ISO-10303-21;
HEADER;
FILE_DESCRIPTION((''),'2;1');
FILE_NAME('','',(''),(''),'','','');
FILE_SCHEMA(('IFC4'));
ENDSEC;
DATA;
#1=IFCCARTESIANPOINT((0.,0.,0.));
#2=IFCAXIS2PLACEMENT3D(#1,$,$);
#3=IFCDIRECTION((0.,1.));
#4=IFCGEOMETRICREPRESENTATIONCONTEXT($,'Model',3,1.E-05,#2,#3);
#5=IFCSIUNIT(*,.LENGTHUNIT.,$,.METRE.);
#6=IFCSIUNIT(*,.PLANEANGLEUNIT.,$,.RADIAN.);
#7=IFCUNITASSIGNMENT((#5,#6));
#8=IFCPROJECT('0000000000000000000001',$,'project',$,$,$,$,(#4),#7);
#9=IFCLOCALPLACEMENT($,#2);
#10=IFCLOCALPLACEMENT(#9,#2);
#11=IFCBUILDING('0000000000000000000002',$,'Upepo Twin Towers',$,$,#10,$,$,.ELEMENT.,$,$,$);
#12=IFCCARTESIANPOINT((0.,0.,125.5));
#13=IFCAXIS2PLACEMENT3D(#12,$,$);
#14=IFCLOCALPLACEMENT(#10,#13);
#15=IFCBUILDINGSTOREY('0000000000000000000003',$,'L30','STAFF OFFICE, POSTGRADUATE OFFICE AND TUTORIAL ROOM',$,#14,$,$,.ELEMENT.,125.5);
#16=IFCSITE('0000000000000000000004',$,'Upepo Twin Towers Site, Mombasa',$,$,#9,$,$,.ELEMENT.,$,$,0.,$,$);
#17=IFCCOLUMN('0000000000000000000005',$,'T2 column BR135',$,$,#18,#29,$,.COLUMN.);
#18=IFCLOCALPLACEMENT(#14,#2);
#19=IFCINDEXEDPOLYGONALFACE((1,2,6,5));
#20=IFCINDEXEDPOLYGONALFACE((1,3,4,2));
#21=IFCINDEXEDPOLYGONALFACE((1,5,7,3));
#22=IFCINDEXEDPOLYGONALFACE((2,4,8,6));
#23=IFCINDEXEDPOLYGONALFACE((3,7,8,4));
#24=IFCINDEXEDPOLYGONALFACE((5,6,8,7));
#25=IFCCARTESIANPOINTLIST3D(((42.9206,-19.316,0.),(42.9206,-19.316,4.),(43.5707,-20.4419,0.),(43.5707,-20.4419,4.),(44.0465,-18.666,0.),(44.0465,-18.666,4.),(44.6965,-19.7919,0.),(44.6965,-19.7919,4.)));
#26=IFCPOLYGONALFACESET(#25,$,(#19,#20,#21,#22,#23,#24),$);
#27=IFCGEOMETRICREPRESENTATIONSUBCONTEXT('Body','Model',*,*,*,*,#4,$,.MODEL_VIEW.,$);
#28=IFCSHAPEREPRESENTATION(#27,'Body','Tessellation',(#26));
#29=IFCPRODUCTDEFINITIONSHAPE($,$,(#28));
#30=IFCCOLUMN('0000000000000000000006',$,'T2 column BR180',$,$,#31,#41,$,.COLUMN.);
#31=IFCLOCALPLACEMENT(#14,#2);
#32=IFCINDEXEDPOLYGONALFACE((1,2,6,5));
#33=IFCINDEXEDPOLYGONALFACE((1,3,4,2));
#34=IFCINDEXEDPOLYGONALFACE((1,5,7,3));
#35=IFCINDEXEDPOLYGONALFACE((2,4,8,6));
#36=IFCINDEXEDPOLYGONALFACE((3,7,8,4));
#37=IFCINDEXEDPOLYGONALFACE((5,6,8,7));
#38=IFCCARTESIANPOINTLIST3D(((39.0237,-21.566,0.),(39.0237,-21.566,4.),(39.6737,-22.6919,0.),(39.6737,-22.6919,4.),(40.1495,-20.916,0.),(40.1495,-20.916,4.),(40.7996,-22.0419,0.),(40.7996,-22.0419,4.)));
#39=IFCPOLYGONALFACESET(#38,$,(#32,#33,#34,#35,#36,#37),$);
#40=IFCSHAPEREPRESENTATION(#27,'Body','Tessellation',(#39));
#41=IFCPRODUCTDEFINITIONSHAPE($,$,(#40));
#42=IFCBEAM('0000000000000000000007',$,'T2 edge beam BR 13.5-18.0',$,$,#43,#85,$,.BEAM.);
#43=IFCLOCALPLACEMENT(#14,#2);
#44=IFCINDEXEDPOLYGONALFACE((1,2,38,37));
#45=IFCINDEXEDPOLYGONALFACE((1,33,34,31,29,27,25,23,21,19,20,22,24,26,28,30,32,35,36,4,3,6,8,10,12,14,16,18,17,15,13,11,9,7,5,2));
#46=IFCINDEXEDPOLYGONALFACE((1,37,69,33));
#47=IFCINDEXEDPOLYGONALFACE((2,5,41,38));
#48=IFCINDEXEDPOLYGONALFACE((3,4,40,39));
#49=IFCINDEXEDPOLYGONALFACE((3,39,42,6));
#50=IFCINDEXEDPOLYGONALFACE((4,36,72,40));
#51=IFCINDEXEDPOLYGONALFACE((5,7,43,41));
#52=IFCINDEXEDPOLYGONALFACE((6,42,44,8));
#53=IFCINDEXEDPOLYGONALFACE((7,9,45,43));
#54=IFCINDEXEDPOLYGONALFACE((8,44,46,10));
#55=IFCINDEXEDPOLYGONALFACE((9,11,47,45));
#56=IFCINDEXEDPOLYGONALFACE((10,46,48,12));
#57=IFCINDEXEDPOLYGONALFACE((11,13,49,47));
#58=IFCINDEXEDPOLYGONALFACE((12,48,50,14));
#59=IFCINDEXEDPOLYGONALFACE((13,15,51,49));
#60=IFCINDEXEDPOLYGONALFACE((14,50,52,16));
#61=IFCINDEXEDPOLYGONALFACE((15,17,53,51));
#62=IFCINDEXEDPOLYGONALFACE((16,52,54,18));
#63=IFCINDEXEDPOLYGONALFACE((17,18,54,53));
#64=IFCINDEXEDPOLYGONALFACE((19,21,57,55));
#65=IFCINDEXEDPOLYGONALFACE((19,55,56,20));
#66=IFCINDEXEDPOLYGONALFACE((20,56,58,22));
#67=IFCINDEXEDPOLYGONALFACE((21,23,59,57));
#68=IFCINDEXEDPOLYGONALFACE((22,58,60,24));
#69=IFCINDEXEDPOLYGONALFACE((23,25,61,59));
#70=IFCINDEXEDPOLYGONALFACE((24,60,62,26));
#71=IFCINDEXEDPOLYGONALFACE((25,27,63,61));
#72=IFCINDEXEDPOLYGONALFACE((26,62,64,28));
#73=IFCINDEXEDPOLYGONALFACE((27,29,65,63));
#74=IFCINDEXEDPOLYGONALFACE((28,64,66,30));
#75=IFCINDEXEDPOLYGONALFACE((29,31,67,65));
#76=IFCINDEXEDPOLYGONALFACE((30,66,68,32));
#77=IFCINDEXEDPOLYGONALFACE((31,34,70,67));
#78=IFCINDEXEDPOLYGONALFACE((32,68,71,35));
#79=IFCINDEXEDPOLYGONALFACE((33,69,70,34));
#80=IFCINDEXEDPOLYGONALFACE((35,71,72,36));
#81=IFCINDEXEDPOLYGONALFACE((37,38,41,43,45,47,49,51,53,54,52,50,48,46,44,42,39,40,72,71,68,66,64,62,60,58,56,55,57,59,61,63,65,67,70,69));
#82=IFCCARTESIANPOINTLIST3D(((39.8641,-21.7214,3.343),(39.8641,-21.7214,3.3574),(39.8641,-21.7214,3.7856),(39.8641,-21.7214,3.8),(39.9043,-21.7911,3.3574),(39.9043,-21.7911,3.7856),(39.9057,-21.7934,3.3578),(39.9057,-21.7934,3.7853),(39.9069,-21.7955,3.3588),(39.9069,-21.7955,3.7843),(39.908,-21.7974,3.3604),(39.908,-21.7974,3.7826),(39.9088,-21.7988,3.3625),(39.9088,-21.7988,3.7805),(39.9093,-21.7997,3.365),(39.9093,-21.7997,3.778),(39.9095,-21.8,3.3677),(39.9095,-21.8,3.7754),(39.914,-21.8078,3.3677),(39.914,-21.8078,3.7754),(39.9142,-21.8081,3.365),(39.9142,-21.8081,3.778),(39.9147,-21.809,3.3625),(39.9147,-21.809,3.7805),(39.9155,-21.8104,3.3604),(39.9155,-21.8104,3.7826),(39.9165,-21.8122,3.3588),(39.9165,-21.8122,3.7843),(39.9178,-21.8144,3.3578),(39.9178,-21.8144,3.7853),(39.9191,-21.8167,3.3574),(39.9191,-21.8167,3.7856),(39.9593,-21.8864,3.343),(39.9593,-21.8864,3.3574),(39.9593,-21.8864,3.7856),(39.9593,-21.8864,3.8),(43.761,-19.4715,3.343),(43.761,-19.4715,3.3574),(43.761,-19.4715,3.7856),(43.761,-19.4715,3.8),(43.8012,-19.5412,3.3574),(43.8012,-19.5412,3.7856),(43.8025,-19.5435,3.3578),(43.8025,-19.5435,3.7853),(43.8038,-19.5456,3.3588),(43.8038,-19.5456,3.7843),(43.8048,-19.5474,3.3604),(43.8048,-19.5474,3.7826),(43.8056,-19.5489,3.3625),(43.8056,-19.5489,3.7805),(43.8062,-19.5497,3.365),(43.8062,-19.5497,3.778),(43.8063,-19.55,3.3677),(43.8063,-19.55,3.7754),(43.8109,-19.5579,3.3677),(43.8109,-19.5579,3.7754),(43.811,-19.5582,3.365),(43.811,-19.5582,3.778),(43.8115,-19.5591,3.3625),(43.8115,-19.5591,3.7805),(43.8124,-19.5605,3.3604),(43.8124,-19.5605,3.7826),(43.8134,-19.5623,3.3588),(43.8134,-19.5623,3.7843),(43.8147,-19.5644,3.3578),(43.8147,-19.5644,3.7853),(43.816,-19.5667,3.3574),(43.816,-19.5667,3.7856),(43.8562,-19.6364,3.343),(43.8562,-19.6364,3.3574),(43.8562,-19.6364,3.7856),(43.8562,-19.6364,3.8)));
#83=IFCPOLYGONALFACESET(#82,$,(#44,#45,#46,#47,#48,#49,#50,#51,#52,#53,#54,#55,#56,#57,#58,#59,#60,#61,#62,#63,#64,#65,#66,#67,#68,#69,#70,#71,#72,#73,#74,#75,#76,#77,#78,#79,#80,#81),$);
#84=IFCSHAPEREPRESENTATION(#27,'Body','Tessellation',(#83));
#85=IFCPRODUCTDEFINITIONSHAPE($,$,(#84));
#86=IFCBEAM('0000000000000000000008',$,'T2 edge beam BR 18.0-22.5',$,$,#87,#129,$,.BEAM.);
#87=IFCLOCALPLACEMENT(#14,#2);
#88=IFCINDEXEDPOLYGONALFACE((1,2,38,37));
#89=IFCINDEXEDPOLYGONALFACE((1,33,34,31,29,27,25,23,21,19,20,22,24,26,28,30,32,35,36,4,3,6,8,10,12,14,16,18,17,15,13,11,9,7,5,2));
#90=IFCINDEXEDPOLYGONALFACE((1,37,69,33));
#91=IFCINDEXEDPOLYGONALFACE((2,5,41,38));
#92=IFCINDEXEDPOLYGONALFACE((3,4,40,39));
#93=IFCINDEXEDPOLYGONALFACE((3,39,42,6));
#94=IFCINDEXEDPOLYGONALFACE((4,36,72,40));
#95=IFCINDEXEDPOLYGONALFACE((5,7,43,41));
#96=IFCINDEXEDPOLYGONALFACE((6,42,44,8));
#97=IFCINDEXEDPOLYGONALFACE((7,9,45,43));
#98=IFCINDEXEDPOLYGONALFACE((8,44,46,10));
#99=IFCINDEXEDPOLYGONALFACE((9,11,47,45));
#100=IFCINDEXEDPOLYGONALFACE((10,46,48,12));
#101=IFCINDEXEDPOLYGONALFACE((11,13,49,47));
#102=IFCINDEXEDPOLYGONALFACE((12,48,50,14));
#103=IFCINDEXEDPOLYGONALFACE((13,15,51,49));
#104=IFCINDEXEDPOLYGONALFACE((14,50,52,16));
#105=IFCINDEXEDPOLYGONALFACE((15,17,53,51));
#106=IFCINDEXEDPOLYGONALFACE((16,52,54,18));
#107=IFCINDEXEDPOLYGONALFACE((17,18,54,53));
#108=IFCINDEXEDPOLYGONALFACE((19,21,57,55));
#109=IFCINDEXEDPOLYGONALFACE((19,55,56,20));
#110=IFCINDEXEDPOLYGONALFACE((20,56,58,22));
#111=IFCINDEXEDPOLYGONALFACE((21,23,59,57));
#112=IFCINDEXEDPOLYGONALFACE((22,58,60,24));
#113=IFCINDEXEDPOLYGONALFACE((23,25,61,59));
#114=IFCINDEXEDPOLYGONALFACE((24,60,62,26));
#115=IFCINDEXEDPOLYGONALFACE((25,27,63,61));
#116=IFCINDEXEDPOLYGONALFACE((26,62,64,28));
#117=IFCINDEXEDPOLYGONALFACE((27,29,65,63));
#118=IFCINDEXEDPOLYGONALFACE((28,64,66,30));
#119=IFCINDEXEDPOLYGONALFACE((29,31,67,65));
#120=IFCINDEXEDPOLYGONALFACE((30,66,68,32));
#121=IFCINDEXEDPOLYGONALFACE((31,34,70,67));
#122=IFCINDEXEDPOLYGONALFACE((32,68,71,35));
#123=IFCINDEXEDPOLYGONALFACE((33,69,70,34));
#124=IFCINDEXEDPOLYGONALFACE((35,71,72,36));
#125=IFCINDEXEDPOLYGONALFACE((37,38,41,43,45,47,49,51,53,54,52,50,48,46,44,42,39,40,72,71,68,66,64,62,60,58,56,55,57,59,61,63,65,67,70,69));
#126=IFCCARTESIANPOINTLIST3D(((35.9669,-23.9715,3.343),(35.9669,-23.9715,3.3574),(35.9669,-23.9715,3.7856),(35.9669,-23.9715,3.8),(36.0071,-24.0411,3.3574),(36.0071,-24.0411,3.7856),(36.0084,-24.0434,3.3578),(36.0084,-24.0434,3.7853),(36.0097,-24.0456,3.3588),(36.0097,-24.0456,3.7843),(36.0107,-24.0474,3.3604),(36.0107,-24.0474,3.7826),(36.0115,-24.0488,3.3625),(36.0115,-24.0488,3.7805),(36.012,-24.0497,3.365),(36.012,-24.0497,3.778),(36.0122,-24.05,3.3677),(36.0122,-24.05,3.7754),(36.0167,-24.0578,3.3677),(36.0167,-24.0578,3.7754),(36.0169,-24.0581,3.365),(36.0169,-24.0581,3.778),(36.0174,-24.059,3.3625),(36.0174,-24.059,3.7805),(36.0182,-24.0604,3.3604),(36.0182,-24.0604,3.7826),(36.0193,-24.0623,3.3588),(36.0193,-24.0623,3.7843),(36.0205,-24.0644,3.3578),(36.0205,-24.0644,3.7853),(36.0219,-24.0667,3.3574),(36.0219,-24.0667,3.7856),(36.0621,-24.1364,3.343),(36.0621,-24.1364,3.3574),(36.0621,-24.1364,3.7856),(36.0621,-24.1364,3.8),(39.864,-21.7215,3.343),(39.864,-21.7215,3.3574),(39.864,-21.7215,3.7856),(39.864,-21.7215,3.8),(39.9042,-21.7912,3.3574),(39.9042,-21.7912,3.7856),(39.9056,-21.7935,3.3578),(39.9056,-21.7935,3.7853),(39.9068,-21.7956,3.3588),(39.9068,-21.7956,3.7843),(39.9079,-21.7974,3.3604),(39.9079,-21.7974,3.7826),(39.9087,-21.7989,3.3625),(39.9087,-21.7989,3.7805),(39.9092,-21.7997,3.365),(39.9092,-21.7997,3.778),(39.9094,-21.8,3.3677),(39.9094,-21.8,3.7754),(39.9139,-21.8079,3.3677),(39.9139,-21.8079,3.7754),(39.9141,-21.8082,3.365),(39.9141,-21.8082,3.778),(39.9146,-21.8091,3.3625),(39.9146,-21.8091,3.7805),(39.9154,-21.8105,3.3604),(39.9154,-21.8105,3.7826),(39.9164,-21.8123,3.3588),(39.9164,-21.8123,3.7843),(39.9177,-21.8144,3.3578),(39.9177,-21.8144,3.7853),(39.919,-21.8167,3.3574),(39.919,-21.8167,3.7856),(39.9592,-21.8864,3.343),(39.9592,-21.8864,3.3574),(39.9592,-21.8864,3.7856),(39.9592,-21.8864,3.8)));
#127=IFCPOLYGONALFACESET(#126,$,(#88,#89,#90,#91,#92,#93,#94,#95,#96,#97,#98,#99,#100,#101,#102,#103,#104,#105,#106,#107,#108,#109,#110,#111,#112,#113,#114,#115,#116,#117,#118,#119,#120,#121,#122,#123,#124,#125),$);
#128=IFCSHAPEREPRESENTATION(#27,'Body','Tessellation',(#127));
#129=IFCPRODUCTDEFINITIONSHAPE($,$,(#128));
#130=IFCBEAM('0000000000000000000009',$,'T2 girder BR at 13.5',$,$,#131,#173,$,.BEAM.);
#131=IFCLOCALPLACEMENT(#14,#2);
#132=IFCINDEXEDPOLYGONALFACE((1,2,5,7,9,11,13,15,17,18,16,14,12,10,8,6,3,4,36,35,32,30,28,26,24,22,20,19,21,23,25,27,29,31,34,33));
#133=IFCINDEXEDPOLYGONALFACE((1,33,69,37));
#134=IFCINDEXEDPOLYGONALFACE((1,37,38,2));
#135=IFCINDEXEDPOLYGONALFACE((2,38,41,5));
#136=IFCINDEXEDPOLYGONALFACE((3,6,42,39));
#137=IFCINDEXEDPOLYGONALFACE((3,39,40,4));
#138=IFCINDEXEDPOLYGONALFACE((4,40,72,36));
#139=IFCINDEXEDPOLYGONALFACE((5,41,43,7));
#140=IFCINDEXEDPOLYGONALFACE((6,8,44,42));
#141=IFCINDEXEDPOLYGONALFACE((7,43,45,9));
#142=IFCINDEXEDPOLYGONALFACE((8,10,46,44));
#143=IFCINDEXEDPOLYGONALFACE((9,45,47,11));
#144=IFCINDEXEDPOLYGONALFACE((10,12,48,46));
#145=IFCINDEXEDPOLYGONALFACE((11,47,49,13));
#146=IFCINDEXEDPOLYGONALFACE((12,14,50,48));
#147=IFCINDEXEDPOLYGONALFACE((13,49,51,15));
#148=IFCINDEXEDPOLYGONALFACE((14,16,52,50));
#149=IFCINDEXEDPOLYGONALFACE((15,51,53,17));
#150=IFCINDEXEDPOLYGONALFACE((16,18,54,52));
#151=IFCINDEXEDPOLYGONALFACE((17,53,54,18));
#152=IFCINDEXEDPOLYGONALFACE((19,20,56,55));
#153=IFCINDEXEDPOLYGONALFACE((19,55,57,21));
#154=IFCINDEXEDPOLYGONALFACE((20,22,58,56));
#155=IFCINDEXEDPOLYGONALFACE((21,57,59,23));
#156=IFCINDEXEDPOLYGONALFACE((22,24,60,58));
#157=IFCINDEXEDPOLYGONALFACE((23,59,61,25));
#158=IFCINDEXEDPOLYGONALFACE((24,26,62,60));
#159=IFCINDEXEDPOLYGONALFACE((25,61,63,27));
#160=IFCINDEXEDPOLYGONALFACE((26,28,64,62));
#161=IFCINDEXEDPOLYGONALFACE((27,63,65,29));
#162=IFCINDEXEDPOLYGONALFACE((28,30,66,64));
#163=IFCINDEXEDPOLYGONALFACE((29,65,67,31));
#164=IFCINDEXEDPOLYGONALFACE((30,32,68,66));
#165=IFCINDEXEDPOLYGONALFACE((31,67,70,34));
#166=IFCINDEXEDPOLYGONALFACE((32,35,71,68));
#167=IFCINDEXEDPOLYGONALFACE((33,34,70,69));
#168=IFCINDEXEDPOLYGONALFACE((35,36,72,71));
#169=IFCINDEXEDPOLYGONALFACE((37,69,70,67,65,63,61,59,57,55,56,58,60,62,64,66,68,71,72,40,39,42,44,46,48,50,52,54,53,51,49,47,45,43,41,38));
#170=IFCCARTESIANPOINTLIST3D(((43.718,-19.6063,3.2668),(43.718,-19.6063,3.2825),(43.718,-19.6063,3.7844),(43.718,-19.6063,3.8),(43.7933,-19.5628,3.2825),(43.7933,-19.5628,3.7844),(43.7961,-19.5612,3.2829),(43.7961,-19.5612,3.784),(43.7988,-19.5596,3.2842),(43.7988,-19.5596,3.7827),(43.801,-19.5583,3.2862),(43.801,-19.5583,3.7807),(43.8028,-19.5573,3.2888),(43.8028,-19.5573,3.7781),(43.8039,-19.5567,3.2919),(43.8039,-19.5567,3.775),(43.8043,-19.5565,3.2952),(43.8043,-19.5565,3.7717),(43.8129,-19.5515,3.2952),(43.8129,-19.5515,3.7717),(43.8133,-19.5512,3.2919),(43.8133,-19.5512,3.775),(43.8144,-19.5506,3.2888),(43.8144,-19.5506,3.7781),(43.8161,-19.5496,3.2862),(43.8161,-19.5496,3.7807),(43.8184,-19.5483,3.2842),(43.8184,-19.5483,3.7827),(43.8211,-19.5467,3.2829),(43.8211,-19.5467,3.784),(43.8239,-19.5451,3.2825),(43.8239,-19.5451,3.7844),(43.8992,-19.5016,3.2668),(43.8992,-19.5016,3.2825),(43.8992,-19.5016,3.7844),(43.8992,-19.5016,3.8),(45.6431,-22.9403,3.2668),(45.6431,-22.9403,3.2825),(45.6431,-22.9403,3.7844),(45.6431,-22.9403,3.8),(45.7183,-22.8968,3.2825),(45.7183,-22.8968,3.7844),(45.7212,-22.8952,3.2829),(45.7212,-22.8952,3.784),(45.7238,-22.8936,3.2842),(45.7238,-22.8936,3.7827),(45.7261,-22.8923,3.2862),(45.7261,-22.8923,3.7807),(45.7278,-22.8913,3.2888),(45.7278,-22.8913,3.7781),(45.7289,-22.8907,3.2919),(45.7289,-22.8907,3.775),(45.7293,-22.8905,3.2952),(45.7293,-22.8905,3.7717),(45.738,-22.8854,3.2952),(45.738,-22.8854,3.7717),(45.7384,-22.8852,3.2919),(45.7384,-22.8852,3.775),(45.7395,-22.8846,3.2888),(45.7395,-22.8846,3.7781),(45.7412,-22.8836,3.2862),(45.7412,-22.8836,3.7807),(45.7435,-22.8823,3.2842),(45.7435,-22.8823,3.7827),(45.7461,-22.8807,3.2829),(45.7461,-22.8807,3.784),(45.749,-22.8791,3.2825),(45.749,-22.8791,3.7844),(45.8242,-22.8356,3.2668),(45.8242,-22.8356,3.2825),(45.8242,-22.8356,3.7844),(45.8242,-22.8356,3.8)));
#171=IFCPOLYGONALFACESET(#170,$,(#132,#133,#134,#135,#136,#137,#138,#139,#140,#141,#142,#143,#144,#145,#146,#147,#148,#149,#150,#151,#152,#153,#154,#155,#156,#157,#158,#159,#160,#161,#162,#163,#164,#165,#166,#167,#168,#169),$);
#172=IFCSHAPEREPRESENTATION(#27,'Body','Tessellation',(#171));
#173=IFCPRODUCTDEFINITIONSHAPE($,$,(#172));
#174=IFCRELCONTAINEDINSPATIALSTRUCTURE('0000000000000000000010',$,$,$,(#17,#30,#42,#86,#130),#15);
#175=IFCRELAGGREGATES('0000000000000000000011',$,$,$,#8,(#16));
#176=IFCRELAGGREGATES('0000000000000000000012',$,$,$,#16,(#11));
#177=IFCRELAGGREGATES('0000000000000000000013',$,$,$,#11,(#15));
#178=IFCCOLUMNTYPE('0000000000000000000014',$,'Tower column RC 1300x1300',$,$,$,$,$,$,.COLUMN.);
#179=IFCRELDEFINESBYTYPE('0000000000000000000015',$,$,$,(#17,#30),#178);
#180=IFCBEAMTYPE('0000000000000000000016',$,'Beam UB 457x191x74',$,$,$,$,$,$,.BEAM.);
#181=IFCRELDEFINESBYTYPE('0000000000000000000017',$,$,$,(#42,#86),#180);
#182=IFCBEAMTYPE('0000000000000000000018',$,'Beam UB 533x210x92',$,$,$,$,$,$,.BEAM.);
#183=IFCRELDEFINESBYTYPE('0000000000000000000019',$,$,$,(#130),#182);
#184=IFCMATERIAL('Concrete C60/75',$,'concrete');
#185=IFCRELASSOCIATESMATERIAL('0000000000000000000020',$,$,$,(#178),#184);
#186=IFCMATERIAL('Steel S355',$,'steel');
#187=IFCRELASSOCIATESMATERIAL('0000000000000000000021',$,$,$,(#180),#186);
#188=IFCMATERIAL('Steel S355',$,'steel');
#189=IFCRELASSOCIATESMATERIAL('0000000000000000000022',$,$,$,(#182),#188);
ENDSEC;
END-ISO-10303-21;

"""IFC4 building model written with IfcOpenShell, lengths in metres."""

from ifc_helpers import new_model, si_unit, direction, frame, origin, origin_2d, place, context, subcontext, project, spatial, rectangle, i_section, extrude, material, material_profile, profile_set, type_object, element, save


model = new_model("IFC4")

# Units and contexts
model_context = context("Model", 3, precision=1e-05, world=origin(), true_north=direction((0.0, 1.0)))
body_context = subcontext(model_context, "Body", "Model", "MODEL_VIEW")
ifc_project = project(units=[si_unit("LENGTHUNIT", "METRE"), si_unit("PLANEANGLEUNIT", "RADIAN")], contexts=[model_context])

# Site, building, storey
site_placement = place(None, origin())
site = spatial("IfcSite", under=ifc_project, at=site_placement, Name="Upepo Twin Towers Site, Mombasa", CompositionType="ELEMENT", RefElevation=0.0)
building_placement = place(site_placement, origin())
building = spatial("IfcBuilding", under=site, at=building_placement, Name="Upepo Twin Towers", CompositionType="ELEMENT")
storey_placement = place(building_placement, frame((0.0, 0.0, 125.5)))
storey = spatial("IfcBuildingStorey", under=building, at=storey_placement, Name="L30", Description="STAFF OFFICE, POSTGRADUATE OFFICE AND TUTORIAL ROOM", CompositionType="ELEMENT", Elevation=125.5)

# Columns
ifc_material_1 = material(Name="Concrete C60/75", Category="concrete")
ifc_material_profile_1 = material_profile(ifc_material_1, rectangle(XDim=1.3, YDim=1.3, at=origin_2d()), Name="RC 1300x1300")
ifc_profile_set_1 = profile_set([ifc_material_profile_1], Name="Concrete C60/75")
column_type = type_object("IfcColumnType", Name="Tower column RC 1300x1300", PredefinedType="COLUMN", material=ifc_profile_set_1)
for number, where, z_axis, x_axis, name in (
    (1, (43.8086, -19.554, 0.0), (0.0, 0.0, 1.0), (0.866025, 0.5, 0.0), "T2 column BR135"),
    (2, (39.9116, -21.804, 0.0), (0.0, 0.0, 1.0), (0.866025, 0.5, 0.0), "T2 column BR180"),
):
    element("IfcColumn", number, at=place(storey_placement, frame(where, z_axis=z_axis, x_axis=x_axis)), inside=storey, type_object=column_type, Name=name, PredefinedType="COLUMN", context=body_context, shape_type="SweptSolid", body=[
        extrude(rectangle(XDim=1.3, YDim=1.3, at=origin_2d()), origin(), (0.0, 0.0, 1.0), 4.0),
    ])

# Beams
ifc_material_2 = material(Name="Steel S355", Category="steel")
ifc_material_profile_2 = material_profile(ifc_material_2, i_section(OverallWidth=0.1904, OverallDepth=0.457, WebThickness=0.009, FlangeThickness=0.0144, FilletRadius=0.0103, at=origin_2d()), Name="UB 457x191x74")
ifc_profile_set_2 = profile_set([ifc_material_profile_2], Name="Steel S355")
beam_type_1 = type_object("IfcBeamType", Name="Beam UB 457x191x74", PredefinedType="BEAM", material=ifc_profile_set_2)
beam_1_placement = place(storey_placement, frame((43.8086, -19.554, 3.5715), z_axis=(-0.866018, -0.500014, 0.0), x_axis=(0.500014, -0.866018, 0.0)))
element("IfcBeam", 3, at=beam_1_placement, inside=storey, type_object=beam_type_1, Name="T2 edge beam BR 13.5-18.0", PredefinedType="BEAM", context=body_context, shape_type="SweptSolid", body=[
    extrude(i_section(OverallWidth=0.1904, OverallDepth=0.457, WebThickness=0.009, FlangeThickness=0.0144, FilletRadius=0.0103, at=origin_2d()), origin(), (0.0, 0.0, 1.0), 4.4998),
])
beam_2_placement = place(storey_placement, frame((39.9116, -21.804, 3.5715), z_axis=(-0.866031, -0.49999, 0.0), x_axis=(0.49999, -0.866031, 0.0)))
element("IfcBeam", 4, at=beam_2_placement, inside=storey, type_object=beam_type_1, Name="T2 edge beam BR 18.0-22.5", PredefinedType="BEAM", context=body_context, shape_type="SweptSolid", body=[
    extrude(i_section(OverallWidth=0.1904, OverallDepth=0.457, WebThickness=0.009, FlangeThickness=0.0144, FilletRadius=0.0103, at=origin_2d()), origin(), (0.0, 0.0, 1.0), 4.5),
])
ifc_material_3 = material(Name="Steel S355", Category="steel")
ifc_material_profile_3 = material_profile(ifc_material_3, i_section(OverallWidth=0.2092, OverallDepth=0.5332, WebThickness=0.01, FlangeThickness=0.0156, FilletRadius=0.0127, at=origin_2d()), Name="UB 533x210x92")
ifc_profile_set_3 = profile_set([ifc_material_profile_3], Name="Steel S355")
beam_type_2 = type_object("IfcBeamType", Name="Beam UB 533x210x92", PredefinedType="BEAM", material=ifc_profile_set_3)
beam_3_placement = place(storey_placement, frame((43.8086, -19.554, 3.5334), z_axis=(0.500034, -0.866006, 0.0), x_axis=(0.866006, 0.500034, 0.0)))
element("IfcBeam", 5, at=beam_3_placement, inside=storey, type_object=beam_type_2, Name="T2 girder BR at 13.5", PredefinedType="BEAM", context=body_context, shape_type="SweptSolid", body=[
    extrude(i_section(OverallWidth=0.2092, OverallDepth=0.5332, WebThickness=0.01, FlangeThickness=0.0156, FilletRadius=0.0127, at=origin_2d()), origin(), (0.0, 0.0, 1.0), 3.8499),
])

save(model, "model.ifc")
